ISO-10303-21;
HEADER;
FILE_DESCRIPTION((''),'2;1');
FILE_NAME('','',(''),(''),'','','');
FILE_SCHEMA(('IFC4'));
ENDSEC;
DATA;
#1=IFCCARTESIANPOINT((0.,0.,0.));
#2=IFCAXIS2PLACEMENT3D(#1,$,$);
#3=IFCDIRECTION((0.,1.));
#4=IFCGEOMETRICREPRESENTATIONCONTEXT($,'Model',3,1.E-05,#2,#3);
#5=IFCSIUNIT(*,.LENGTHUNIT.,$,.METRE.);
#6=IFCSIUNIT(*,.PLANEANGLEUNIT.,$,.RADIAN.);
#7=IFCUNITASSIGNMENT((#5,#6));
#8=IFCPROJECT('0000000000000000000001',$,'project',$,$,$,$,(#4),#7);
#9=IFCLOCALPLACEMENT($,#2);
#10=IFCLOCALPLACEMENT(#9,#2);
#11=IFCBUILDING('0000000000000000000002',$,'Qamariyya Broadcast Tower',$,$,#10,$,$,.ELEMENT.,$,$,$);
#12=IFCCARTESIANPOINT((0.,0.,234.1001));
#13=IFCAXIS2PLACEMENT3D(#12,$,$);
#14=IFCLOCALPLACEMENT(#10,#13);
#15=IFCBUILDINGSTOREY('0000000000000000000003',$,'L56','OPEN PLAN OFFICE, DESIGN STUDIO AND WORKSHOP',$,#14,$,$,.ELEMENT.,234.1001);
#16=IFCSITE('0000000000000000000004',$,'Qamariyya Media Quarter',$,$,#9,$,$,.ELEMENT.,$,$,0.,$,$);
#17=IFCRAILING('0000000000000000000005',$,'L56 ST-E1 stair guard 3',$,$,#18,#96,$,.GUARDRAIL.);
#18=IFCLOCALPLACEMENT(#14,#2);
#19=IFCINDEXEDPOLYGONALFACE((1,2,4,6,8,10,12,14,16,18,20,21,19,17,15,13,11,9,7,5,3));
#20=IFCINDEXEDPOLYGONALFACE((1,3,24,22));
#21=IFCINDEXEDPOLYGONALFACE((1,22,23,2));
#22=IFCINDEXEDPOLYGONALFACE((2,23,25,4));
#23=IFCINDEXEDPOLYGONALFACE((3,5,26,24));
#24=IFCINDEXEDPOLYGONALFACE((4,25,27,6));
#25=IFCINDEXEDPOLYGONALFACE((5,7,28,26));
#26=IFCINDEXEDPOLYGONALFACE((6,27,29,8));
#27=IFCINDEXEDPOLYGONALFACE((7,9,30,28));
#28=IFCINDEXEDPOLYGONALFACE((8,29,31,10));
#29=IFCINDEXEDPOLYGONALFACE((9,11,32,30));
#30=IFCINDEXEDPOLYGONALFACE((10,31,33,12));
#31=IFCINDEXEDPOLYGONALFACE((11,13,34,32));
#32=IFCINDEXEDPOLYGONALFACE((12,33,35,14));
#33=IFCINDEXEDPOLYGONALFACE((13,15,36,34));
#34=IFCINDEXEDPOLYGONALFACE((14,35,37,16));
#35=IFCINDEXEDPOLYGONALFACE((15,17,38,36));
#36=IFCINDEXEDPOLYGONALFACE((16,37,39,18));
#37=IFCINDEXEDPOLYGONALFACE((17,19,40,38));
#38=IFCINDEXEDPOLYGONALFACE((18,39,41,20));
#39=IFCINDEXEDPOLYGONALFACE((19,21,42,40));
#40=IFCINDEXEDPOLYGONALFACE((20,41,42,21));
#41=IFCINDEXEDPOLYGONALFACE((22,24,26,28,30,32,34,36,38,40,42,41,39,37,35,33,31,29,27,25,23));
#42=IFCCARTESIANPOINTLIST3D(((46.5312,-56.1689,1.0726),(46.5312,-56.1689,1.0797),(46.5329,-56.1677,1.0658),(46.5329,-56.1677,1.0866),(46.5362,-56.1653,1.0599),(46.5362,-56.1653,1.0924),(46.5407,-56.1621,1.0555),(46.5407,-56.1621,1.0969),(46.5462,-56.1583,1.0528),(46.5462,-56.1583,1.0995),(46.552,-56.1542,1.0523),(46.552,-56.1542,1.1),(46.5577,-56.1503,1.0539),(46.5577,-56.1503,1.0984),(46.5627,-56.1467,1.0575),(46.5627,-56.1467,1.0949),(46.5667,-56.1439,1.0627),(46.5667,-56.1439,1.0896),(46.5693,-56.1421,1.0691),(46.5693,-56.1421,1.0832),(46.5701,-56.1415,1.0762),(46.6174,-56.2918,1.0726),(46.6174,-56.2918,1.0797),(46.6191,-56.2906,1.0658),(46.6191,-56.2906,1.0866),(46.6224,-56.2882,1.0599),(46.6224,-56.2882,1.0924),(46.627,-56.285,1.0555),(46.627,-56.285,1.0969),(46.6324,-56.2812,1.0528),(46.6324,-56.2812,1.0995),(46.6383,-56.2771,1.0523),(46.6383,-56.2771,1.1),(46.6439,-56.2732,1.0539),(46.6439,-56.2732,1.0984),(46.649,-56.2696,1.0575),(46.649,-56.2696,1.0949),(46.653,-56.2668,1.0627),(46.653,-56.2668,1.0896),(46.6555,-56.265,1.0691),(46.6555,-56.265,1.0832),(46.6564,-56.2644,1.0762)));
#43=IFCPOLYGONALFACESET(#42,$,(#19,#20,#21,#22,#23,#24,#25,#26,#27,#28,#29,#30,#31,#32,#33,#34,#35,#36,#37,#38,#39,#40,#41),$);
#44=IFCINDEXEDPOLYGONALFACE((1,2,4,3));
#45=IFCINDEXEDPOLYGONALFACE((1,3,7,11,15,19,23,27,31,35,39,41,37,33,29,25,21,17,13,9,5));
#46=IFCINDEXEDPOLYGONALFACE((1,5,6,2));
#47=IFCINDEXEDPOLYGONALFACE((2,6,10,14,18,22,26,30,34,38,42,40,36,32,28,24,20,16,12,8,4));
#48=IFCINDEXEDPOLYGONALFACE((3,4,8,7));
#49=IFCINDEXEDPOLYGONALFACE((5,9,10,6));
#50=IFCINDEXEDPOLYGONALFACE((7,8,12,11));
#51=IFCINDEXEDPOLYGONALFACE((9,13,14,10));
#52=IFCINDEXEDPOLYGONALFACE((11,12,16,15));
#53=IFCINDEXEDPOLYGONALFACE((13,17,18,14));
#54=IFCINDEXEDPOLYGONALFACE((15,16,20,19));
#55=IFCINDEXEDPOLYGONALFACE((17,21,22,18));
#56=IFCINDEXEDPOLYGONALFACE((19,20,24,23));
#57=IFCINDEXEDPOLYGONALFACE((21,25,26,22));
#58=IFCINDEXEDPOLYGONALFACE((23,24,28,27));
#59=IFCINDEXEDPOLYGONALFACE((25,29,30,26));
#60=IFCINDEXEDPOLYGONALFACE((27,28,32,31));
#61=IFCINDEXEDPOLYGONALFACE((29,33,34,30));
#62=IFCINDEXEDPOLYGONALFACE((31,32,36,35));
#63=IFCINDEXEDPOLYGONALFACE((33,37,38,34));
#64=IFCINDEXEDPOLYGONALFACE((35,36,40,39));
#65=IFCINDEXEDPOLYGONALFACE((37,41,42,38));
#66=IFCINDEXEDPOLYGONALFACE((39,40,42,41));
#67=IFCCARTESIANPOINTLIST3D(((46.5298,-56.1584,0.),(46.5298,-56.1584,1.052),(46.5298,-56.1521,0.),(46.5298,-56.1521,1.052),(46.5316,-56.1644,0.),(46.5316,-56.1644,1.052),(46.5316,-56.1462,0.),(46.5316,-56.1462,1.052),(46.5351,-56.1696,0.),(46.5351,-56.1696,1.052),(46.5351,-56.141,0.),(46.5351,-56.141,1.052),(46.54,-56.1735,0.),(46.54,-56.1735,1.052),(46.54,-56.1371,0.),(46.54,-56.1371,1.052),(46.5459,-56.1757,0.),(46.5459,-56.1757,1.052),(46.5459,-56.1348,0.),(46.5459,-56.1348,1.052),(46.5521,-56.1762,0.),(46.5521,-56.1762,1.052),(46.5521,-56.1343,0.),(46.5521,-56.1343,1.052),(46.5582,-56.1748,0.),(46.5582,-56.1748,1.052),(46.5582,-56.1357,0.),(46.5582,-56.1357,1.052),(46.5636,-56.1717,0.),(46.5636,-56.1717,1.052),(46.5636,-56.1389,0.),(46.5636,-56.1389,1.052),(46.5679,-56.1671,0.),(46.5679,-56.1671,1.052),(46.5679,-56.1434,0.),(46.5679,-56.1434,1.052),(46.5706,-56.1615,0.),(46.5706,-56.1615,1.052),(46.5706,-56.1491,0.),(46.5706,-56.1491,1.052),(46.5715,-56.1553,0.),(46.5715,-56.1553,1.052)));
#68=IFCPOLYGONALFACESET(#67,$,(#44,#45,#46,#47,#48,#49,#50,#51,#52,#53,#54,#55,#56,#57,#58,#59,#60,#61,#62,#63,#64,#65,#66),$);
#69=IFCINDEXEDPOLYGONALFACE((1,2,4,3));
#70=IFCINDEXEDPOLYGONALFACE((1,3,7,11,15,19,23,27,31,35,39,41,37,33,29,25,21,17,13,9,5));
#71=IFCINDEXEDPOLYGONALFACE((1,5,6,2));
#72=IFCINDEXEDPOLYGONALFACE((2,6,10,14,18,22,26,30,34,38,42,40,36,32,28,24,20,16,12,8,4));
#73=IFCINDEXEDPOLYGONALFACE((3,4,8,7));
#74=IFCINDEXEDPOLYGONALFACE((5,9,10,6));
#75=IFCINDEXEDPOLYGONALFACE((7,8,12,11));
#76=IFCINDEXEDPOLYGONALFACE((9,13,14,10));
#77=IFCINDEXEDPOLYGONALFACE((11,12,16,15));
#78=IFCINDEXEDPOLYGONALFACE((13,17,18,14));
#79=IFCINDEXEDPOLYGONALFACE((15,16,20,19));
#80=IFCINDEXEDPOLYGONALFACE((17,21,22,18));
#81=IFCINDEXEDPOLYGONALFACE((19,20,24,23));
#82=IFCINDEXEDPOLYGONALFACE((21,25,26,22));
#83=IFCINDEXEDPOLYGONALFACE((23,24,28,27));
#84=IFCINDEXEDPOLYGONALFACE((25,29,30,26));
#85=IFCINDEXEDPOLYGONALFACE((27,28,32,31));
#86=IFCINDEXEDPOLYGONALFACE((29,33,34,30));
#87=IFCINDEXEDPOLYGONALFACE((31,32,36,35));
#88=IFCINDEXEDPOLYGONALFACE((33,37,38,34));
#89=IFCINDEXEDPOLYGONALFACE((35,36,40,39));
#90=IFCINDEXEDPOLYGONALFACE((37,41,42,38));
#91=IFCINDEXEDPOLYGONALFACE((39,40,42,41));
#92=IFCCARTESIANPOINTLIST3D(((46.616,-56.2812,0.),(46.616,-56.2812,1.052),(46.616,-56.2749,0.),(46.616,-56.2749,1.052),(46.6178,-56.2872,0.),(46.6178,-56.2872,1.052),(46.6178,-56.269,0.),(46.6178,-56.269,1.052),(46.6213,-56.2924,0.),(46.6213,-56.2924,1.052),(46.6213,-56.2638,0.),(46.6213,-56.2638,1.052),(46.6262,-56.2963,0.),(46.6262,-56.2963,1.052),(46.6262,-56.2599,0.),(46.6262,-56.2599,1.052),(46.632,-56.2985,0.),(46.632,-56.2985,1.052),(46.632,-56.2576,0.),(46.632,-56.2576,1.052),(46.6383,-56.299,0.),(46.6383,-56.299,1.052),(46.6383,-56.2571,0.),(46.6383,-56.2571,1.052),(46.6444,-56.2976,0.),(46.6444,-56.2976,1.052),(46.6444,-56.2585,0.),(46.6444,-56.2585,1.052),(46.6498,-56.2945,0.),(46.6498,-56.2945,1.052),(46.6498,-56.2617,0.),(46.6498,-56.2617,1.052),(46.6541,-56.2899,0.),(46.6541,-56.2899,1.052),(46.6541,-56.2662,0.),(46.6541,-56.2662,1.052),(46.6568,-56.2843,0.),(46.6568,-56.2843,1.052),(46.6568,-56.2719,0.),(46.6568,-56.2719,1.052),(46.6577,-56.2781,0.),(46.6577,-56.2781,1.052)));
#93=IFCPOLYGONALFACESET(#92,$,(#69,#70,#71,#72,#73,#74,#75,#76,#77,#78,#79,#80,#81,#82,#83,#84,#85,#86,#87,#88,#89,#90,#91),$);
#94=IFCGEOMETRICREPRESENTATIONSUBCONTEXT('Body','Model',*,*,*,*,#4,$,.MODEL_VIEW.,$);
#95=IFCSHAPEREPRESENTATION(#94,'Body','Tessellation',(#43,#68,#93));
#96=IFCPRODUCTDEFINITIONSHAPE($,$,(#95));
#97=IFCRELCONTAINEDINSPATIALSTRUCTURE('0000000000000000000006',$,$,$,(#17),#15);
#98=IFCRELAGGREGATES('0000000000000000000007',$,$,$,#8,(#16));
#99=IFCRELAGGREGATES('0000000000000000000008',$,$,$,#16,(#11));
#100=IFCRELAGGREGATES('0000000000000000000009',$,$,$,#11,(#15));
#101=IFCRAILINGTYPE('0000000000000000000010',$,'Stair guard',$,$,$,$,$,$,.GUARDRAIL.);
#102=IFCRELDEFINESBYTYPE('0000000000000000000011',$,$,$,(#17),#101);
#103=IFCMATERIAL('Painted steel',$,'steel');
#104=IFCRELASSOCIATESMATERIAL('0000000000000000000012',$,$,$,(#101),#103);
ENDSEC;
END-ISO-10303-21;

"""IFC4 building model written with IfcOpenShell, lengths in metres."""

from ifc_helpers import new_model, si_unit, direction, frame, origin, origin_2d, place, context, subcontext, project, spatial, circle, extrude, material, type_object, element, save


model = new_model("IFC4")

# Units and contexts
model_context = context("Model", 3, precision=1e-05, world=origin(), true_north=direction((0.0, 1.0)))
body_context = subcontext(model_context, "Body", "Model", "MODEL_VIEW")
ifc_project = project(units=[si_unit("LENGTHUNIT", "METRE"), si_unit("PLANEANGLEUNIT", "RADIAN")], contexts=[model_context])

# Site, building, storey
site_placement = place(None, origin())
site = spatial("IfcSite", under=ifc_project, at=site_placement, Name="Qamariyya Media Quarter", CompositionType="ELEMENT", RefElevation=0.0)
building_placement = place(site_placement, origin())
building = spatial("IfcBuilding", under=site, at=building_placement, Name="Qamariyya Broadcast Tower", CompositionType="ELEMENT")
storey_placement = place(building_placement, frame((0.0, 0.0, 234.1001)))
storey = spatial("IfcBuildingStorey", under=building, at=storey_placement, Name="L56", Description="OPEN PLAN OFFICE, DESIGN STUDIO AND WORKSHOP", CompositionType="ELEMENT", Elevation=234.1001)

# Railing
ifc_material_1 = material(Name="Painted steel", Category="steel")
railing_type_1 = type_object("IfcRailingType", Name="Stair guard", PredefinedType="GUARDRAIL", material=ifc_material_1)
railing_1_placement = place(storey_placement, frame((46.5505, -56.1553, 0.0)))
element("IfcRailing", 1, at=railing_1_placement, inside=storey, type_object=railing_type_1, Name="L56 ST-E1 stair guard 3", PredefinedType="GUARDRAIL", context=body_context, shape_type="SweptSolid", body=[
    extrude(circle(Radius=0.0239, at=origin_2d()), frame((0.0, 0.0, 1.0762), z_axis=(0.574445, -0.818543, 0.0), x_axis=(0.818543, 0.574445, 0.0)), (0.0, 0.0, 1.0), 0.1501),
    extrude(circle(Radius=0.021, at=origin_2d()), origin(), (0.0, 0.0, 1.0), 1.052),
    extrude(circle(Radius=0.021, at=origin_2d()), frame((0.0862, -0.1228, 0.0)), (0.0, 0.0, 1.0), 1.052),
])

save(model, "model.ifc")
